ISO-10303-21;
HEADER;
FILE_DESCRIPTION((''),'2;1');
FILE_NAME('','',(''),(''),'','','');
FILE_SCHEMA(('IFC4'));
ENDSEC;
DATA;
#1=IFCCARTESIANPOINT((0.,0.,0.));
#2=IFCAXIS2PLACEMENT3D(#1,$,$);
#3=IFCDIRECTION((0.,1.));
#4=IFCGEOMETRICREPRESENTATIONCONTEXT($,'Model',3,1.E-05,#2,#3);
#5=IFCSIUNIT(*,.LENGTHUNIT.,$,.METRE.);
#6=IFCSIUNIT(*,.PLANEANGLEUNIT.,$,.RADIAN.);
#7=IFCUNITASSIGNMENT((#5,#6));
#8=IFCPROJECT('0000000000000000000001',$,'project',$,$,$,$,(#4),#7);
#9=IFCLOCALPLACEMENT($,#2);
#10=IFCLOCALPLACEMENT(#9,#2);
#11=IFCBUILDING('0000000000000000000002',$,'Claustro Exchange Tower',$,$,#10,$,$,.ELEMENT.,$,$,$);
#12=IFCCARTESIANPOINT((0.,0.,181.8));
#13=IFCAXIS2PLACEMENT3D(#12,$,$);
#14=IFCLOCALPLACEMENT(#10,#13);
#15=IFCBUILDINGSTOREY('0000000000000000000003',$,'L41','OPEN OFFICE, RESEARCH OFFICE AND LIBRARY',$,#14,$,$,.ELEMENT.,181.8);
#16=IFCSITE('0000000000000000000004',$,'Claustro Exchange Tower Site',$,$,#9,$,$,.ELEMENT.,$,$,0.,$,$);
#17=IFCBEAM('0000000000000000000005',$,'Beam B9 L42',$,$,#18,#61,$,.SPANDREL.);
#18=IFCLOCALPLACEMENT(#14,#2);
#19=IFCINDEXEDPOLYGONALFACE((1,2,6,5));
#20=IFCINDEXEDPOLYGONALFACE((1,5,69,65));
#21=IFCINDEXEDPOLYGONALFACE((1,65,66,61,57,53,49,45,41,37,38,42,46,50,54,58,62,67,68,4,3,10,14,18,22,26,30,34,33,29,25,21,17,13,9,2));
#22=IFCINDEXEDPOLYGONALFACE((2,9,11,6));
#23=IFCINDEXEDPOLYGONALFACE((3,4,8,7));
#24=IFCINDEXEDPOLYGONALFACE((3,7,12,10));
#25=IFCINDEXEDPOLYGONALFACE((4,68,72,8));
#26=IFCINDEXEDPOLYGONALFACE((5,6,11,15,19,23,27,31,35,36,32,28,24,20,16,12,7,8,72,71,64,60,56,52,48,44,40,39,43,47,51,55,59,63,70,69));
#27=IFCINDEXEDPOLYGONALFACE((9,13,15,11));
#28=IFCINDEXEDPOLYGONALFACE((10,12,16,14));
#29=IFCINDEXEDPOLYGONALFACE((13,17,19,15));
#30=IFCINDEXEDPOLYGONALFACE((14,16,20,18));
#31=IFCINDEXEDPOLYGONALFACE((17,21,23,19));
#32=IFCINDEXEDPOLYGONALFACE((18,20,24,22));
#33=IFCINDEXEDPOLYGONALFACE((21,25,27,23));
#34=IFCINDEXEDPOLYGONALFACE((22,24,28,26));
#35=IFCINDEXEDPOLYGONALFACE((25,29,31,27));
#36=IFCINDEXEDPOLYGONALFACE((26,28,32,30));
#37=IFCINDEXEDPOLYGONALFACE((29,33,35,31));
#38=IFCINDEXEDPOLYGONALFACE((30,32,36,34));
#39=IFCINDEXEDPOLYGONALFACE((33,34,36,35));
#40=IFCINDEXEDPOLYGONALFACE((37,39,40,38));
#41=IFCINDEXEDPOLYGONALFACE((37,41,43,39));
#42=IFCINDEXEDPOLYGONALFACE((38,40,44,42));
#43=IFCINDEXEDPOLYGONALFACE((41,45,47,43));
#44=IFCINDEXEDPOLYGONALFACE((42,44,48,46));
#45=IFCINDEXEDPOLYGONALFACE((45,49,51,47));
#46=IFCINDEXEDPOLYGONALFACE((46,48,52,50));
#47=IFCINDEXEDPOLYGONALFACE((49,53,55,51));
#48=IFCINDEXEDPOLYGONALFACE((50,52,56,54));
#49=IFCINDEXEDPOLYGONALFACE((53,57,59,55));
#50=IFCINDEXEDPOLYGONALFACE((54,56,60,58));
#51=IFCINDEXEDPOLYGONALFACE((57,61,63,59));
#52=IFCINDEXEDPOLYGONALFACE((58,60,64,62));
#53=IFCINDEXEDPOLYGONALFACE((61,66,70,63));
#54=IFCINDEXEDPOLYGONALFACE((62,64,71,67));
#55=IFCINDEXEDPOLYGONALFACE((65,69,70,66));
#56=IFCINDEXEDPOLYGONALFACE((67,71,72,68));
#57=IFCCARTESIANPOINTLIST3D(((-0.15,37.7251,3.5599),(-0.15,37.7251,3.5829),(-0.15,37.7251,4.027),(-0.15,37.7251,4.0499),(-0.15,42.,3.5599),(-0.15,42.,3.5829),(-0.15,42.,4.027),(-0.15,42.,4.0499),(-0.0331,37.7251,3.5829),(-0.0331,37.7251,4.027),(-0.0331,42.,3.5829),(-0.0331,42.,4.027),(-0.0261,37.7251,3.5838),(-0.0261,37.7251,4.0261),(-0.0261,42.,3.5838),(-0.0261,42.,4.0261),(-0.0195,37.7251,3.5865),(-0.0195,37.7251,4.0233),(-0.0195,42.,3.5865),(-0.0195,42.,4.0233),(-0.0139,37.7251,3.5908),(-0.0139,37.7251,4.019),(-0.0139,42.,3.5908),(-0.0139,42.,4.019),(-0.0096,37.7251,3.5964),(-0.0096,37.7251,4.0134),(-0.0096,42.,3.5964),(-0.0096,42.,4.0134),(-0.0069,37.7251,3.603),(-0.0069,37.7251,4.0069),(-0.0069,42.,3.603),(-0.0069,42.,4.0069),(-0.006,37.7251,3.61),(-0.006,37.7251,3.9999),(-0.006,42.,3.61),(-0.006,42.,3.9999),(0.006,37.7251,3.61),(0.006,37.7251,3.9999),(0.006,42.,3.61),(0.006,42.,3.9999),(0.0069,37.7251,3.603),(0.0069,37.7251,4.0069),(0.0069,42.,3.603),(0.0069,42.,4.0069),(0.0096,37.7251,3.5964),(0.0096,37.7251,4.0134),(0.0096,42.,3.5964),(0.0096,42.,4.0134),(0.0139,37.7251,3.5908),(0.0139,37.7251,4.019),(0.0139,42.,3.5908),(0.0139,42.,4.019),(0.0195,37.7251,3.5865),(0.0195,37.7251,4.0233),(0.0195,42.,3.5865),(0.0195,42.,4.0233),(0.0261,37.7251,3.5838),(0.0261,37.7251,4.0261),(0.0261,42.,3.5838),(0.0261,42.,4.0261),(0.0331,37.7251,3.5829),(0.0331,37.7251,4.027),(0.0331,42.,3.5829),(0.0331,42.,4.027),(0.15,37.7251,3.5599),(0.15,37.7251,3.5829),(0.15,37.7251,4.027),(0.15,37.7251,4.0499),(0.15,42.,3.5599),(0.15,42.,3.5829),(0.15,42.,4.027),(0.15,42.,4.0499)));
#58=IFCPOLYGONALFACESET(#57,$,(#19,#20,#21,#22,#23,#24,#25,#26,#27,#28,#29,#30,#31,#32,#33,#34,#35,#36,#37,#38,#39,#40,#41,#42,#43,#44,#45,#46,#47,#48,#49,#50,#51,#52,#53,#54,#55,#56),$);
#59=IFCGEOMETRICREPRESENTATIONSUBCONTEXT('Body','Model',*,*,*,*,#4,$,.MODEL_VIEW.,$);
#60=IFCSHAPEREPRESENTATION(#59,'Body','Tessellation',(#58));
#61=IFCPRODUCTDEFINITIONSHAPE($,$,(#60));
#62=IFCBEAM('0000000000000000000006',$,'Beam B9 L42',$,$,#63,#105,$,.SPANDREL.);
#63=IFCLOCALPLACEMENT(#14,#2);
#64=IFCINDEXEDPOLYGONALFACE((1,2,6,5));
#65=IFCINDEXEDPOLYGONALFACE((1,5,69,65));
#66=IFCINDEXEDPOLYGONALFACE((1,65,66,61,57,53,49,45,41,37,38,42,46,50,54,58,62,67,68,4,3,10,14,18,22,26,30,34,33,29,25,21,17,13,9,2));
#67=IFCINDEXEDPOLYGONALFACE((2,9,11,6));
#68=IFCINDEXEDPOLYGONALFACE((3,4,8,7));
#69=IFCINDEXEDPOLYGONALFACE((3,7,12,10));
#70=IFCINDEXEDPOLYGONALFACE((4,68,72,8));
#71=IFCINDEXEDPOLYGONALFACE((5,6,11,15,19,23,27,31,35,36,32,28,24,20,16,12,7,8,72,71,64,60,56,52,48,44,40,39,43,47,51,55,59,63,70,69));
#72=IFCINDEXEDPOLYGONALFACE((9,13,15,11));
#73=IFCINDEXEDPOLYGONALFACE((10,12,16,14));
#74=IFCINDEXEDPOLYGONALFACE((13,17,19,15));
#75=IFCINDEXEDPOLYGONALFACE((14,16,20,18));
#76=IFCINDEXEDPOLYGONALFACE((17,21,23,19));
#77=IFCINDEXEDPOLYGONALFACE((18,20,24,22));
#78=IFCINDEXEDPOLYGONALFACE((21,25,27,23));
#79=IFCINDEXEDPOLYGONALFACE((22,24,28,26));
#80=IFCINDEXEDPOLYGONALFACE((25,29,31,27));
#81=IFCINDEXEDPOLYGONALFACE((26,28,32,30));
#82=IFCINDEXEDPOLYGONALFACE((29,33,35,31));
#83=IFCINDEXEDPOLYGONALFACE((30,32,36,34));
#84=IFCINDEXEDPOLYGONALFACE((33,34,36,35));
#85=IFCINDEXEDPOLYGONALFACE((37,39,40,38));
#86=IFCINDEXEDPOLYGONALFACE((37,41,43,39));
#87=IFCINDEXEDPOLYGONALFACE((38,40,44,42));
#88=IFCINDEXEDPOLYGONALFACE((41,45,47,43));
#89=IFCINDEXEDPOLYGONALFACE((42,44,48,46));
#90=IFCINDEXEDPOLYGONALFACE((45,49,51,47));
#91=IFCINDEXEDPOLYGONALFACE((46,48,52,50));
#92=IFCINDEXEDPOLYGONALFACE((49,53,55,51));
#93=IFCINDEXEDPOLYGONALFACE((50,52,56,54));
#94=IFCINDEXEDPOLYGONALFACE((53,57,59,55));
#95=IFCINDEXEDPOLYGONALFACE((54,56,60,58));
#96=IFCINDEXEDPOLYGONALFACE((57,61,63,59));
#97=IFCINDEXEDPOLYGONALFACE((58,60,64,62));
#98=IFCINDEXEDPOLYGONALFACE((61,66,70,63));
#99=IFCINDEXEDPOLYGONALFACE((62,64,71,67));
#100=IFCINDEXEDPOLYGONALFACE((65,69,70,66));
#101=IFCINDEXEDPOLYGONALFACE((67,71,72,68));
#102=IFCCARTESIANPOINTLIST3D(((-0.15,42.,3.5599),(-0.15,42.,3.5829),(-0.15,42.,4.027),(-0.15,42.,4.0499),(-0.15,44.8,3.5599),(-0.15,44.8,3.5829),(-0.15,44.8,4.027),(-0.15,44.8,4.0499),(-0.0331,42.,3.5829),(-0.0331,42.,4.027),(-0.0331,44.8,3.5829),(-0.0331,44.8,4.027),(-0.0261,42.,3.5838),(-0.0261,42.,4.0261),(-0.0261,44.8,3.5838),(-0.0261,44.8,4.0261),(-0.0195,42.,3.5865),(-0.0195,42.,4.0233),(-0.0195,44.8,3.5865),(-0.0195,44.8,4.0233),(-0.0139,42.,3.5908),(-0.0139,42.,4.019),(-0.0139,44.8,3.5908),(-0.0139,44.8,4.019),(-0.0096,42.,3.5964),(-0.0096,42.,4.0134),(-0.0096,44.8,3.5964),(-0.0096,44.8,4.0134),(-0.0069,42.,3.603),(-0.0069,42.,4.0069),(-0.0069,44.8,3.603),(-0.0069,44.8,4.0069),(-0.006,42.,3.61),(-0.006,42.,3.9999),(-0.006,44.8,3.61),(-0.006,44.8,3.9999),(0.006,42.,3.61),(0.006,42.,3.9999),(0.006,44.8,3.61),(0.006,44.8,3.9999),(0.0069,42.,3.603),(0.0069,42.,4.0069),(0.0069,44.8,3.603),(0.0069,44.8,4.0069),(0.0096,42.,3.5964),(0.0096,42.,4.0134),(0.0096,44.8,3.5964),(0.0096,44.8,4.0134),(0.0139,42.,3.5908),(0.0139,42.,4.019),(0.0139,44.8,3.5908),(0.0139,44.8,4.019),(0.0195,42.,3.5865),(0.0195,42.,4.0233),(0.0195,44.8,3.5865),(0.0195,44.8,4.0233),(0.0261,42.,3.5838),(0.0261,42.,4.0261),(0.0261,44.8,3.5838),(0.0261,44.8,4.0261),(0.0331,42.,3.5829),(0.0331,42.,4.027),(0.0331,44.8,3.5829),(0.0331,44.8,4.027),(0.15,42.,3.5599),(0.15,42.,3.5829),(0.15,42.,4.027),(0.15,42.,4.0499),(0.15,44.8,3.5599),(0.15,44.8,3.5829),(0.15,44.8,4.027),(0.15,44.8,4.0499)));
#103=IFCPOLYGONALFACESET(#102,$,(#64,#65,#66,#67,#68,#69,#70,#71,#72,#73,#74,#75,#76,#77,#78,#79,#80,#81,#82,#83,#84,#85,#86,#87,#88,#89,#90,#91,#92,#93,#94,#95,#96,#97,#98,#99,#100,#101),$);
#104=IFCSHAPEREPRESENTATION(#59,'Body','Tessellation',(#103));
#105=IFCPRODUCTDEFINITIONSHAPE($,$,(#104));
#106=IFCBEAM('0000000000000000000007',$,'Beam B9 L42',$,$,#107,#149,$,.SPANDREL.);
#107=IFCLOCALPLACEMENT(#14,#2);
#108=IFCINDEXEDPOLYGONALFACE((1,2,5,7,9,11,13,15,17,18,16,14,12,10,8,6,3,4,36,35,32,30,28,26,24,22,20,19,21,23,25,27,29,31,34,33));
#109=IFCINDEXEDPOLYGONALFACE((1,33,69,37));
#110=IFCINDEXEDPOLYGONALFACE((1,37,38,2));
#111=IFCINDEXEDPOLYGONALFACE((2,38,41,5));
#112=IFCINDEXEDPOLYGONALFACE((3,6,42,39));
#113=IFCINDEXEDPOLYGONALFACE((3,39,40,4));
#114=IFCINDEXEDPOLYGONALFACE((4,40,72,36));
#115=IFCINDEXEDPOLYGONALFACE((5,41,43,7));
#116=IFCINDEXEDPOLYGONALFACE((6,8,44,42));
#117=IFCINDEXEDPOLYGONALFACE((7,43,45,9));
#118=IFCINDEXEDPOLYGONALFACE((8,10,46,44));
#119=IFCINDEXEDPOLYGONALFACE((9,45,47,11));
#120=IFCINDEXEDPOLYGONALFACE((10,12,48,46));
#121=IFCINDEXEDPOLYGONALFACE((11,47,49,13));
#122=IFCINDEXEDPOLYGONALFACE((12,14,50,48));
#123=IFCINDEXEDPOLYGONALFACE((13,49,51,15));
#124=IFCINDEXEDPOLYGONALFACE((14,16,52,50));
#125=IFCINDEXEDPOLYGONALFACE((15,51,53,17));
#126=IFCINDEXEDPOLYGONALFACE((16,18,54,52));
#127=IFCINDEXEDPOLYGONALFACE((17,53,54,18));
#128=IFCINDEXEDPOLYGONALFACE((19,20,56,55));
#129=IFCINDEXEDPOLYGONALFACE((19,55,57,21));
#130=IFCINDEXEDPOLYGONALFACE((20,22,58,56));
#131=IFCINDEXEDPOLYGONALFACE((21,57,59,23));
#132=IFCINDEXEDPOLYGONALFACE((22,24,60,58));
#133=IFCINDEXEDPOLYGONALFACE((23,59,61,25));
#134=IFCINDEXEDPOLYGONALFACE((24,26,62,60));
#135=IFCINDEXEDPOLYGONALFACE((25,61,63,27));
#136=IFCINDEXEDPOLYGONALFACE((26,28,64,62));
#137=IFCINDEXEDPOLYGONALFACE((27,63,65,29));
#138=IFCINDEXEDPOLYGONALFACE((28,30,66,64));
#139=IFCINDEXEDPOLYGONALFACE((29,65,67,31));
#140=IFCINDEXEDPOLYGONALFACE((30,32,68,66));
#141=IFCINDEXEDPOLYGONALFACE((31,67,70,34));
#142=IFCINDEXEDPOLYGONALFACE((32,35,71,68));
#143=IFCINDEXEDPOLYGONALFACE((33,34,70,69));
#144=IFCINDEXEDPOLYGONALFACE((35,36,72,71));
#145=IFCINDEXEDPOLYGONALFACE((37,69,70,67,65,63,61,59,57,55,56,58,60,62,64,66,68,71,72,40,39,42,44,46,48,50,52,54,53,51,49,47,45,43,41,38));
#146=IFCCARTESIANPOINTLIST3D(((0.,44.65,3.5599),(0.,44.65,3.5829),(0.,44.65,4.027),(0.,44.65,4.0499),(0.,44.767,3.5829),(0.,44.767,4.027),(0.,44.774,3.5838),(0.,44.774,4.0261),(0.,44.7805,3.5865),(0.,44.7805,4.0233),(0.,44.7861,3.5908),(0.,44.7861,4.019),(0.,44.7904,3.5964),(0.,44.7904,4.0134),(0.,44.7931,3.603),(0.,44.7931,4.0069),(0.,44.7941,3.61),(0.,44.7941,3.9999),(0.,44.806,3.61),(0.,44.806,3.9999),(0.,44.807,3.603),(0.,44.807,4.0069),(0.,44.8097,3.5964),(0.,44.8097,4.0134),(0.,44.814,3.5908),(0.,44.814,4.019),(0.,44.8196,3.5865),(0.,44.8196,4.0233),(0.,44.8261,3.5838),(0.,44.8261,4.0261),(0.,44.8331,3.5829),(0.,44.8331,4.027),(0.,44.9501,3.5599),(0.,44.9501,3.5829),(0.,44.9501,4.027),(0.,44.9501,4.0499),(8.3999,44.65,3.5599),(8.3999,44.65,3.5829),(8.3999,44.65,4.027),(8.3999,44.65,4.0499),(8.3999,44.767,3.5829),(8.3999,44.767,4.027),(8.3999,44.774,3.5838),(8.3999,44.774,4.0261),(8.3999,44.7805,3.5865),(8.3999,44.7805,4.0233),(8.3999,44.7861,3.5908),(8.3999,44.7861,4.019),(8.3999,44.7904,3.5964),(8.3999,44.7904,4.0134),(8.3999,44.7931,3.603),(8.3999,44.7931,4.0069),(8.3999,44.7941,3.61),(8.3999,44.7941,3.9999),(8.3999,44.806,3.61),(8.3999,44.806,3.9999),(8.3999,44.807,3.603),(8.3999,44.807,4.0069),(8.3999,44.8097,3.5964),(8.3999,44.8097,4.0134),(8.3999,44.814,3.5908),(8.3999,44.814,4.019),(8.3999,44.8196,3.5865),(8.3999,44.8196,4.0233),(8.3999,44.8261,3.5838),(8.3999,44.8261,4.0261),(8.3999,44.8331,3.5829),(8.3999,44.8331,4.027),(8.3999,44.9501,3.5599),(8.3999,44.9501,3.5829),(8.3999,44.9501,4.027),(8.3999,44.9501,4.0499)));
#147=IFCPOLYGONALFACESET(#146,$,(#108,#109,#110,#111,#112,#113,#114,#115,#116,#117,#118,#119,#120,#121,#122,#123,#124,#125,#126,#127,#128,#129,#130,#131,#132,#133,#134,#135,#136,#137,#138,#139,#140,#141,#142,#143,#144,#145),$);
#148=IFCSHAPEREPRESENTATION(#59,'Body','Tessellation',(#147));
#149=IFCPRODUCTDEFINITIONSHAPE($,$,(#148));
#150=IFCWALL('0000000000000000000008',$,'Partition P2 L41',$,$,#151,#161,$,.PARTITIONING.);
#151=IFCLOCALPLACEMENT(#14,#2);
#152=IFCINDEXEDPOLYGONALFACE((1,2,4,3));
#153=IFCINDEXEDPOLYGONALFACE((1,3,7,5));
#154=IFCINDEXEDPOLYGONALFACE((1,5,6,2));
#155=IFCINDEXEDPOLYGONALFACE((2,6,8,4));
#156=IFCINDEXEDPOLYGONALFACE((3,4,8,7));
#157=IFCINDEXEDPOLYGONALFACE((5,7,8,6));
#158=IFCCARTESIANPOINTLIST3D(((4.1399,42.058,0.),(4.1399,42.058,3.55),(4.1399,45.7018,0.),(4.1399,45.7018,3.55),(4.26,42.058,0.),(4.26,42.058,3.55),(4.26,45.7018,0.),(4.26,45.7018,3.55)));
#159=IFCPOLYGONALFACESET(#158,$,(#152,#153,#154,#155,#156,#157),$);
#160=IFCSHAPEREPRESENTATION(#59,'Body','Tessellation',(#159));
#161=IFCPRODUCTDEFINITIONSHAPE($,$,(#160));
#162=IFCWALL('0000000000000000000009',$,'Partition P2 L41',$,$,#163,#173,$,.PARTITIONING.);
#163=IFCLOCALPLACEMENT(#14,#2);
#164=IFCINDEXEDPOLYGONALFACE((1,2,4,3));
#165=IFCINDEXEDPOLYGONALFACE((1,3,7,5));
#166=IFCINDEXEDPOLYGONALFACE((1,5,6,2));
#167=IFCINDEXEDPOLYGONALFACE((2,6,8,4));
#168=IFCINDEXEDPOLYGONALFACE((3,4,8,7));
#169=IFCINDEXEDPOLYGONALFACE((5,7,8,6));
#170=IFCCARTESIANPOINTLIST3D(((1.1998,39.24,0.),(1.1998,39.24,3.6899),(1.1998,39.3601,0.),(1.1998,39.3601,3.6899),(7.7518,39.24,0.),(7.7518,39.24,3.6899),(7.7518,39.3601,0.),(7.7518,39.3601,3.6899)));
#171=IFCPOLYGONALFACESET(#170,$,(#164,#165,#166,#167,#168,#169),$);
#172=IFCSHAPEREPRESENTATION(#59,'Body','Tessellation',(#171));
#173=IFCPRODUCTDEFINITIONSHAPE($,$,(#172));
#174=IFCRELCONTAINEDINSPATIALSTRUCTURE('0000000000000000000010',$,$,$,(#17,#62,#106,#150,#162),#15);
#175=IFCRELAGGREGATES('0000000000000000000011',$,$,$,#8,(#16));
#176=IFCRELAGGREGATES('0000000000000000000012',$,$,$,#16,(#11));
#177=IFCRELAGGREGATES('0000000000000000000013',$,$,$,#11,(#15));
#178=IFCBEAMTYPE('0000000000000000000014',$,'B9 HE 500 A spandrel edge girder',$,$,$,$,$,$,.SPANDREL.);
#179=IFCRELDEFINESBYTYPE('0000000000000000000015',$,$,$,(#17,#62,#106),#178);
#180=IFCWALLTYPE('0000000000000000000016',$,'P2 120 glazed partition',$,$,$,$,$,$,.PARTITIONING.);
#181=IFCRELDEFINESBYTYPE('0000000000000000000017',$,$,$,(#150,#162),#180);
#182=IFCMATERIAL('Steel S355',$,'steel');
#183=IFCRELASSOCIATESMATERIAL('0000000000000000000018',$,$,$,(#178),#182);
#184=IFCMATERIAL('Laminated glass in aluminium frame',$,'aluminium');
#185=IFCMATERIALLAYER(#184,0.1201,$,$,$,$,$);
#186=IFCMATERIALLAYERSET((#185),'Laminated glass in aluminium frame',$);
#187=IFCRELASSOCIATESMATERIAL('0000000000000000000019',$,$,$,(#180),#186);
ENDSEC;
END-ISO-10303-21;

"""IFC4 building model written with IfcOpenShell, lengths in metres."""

from ifc_helpers import new_model, si_unit, direction, frame, frame_2d, origin, origin_2d, place, context, subcontext, project, spatial, rectangle, i_section, extrude, material, layer, layer_set, material_profile, profile_set, type_object, element, save


model = new_model("IFC4")

# Units and contexts
model_context = context("Model", 3, precision=1e-05, world=origin(), true_north=direction((0.0, 1.0)))
body_context = subcontext(model_context, "Body", "Model", "MODEL_VIEW")
ifc_project = project(units=[si_unit("LENGTHUNIT", "METRE"), si_unit("PLANEANGLEUNIT", "RADIAN")], contexts=[model_context])

# Site, building, storey
site_placement = place(None, origin())
site = spatial("IfcSite", under=ifc_project, at=site_placement, Name="Claustro Exchange Tower Site", CompositionType="ELEMENT", RefElevation=0.0)
building_placement = place(site_placement, origin())
building = spatial("IfcBuilding", under=site, at=building_placement, Name="Claustro Exchange Tower", CompositionType="ELEMENT")
storey_placement = place(building_placement, frame((0.0, 0.0, 181.8)))
storey = spatial("IfcBuildingStorey", under=building, at=storey_placement, Name="L41", Description="OPEN OFFICE, RESEARCH OFFICE AND LIBRARY", CompositionType="ELEMENT", Elevation=181.8)

# Beams
ifc_material_1 = material(Name="Steel S355", Category="steel")
ifc_material_profile_1 = material_profile(ifc_material_1, i_section(OverallWidth=0.3, OverallDepth=0.49, WebThickness=0.012, FlangeThickness=0.0229, FilletRadius=0.0271, at=origin_2d()), Name="HE 500 A")
ifc_profile_set_1 = profile_set([ifc_material_profile_1], Name="Steel S355")
beam_type_1 = type_object("IfcBeamType", Name="B9 HE 500 A spandrel edge girder", PredefinedType="SPANDREL", material=ifc_profile_set_1)
beam_1_placement = place(storey_placement, frame((0.0, 37.7251, 3.8049), z_axis=(0.0, 1.0, 0.0), x_axis=(-1.0, 0.0, 0.0)))
element("IfcBeam", 1, at=beam_1_placement, inside=storey, type_object=beam_type_1, Name="Beam B9 L42", PredefinedType="SPANDREL", context=body_context, shape_type="SweptSolid", body=[
    extrude(i_section(OverallWidth=0.3, OverallDepth=0.49, WebThickness=0.012, FlangeThickness=0.0229, FilletRadius=0.0271, at=origin_2d()), origin(), (0.0, 0.0, 1.0), 4.2749),
])
beam_2_placement = place(storey_placement, frame((0.0, 42.0, 3.8049), z_axis=(0.0, 1.0, 0.0), x_axis=(-1.0, 0.0, 0.0)))
element("IfcBeam", 2, at=beam_2_placement, inside=storey, type_object=beam_type_1, Name="Beam B9 L42", PredefinedType="SPANDREL", context=body_context, shape_type="SweptSolid", body=[
    extrude(i_section(OverallWidth=0.3, OverallDepth=0.49, WebThickness=0.012, FlangeThickness=0.0229, FilletRadius=0.0271, at=origin_2d()), origin(), (0.0, 0.0, 1.0), 2.8),
])
beam_3_placement = place(storey_placement, frame((0.0, 44.8, 3.8049), z_axis=(1.0, 0.0, 0.0), x_axis=(0.0, 1.0, 0.0)))
element("IfcBeam", 3, at=beam_3_placement, inside=storey, type_object=beam_type_1, Name="Beam B9 L42", PredefinedType="SPANDREL", context=body_context, shape_type="SweptSolid", body=[
    extrude(i_section(OverallWidth=0.3, OverallDepth=0.49, WebThickness=0.012, FlangeThickness=0.0229, FilletRadius=0.0271, at=origin_2d()), origin(), (0.0, 0.0, 1.0), 8.3999),
])

# Shared definitions
ifc_material_2 = material(Name="Laminated glass in aluminium frame", Category="aluminium")
ifc_layer_1 = layer(ifc_material_2, 0.1201)
ifc_layer_set_1 = layer_set([ifc_layer_1], Name="Laminated glass in aluminium frame")
wall_type_1 = type_object("IfcWallType", Name="P2 120 glazed partition", PredefinedType="PARTITIONING", material=ifc_layer_set_1)

# Walls
wall_1_placement = place(storey_placement, frame((4.2, 42.0581, 0.0), z_axis=(0.0, 0.0, 1.0), x_axis=(0.0, 1.0, 0.0)))
element("IfcWall", 4, at=wall_1_placement, inside=storey, type_object=wall_type_1, Name="Partition P2 L41", PredefinedType="PARTITIONING", context=body_context, shape_type="SweptSolid", body=[
    extrude(rectangle(XDim=3.6438, YDim=0.1201, at=frame_2d((1.8218, 0.0))), origin(), (0.0, 0.0, 1.0), 3.55),
])
wall_2_placement = place(storey_placement, frame((1.2, 39.3, 0.0), z_axis=(0.0, 0.0, 1.0), x_axis=(1.0, 0.0, 0.0)))
element("IfcWall", 5, at=wall_2_placement, inside=storey, type_object=wall_type_1, Name="Partition P2 L41", PredefinedType="PARTITIONING", context=body_context, shape_type="SweptSolid", body=[
    extrude(rectangle(XDim=6.552, YDim=0.1201, at=frame_2d((3.2759, 0.0))), origin(), (0.0, 0.0, 1.0), 3.6899),
])

save(model, "model.ifc")
